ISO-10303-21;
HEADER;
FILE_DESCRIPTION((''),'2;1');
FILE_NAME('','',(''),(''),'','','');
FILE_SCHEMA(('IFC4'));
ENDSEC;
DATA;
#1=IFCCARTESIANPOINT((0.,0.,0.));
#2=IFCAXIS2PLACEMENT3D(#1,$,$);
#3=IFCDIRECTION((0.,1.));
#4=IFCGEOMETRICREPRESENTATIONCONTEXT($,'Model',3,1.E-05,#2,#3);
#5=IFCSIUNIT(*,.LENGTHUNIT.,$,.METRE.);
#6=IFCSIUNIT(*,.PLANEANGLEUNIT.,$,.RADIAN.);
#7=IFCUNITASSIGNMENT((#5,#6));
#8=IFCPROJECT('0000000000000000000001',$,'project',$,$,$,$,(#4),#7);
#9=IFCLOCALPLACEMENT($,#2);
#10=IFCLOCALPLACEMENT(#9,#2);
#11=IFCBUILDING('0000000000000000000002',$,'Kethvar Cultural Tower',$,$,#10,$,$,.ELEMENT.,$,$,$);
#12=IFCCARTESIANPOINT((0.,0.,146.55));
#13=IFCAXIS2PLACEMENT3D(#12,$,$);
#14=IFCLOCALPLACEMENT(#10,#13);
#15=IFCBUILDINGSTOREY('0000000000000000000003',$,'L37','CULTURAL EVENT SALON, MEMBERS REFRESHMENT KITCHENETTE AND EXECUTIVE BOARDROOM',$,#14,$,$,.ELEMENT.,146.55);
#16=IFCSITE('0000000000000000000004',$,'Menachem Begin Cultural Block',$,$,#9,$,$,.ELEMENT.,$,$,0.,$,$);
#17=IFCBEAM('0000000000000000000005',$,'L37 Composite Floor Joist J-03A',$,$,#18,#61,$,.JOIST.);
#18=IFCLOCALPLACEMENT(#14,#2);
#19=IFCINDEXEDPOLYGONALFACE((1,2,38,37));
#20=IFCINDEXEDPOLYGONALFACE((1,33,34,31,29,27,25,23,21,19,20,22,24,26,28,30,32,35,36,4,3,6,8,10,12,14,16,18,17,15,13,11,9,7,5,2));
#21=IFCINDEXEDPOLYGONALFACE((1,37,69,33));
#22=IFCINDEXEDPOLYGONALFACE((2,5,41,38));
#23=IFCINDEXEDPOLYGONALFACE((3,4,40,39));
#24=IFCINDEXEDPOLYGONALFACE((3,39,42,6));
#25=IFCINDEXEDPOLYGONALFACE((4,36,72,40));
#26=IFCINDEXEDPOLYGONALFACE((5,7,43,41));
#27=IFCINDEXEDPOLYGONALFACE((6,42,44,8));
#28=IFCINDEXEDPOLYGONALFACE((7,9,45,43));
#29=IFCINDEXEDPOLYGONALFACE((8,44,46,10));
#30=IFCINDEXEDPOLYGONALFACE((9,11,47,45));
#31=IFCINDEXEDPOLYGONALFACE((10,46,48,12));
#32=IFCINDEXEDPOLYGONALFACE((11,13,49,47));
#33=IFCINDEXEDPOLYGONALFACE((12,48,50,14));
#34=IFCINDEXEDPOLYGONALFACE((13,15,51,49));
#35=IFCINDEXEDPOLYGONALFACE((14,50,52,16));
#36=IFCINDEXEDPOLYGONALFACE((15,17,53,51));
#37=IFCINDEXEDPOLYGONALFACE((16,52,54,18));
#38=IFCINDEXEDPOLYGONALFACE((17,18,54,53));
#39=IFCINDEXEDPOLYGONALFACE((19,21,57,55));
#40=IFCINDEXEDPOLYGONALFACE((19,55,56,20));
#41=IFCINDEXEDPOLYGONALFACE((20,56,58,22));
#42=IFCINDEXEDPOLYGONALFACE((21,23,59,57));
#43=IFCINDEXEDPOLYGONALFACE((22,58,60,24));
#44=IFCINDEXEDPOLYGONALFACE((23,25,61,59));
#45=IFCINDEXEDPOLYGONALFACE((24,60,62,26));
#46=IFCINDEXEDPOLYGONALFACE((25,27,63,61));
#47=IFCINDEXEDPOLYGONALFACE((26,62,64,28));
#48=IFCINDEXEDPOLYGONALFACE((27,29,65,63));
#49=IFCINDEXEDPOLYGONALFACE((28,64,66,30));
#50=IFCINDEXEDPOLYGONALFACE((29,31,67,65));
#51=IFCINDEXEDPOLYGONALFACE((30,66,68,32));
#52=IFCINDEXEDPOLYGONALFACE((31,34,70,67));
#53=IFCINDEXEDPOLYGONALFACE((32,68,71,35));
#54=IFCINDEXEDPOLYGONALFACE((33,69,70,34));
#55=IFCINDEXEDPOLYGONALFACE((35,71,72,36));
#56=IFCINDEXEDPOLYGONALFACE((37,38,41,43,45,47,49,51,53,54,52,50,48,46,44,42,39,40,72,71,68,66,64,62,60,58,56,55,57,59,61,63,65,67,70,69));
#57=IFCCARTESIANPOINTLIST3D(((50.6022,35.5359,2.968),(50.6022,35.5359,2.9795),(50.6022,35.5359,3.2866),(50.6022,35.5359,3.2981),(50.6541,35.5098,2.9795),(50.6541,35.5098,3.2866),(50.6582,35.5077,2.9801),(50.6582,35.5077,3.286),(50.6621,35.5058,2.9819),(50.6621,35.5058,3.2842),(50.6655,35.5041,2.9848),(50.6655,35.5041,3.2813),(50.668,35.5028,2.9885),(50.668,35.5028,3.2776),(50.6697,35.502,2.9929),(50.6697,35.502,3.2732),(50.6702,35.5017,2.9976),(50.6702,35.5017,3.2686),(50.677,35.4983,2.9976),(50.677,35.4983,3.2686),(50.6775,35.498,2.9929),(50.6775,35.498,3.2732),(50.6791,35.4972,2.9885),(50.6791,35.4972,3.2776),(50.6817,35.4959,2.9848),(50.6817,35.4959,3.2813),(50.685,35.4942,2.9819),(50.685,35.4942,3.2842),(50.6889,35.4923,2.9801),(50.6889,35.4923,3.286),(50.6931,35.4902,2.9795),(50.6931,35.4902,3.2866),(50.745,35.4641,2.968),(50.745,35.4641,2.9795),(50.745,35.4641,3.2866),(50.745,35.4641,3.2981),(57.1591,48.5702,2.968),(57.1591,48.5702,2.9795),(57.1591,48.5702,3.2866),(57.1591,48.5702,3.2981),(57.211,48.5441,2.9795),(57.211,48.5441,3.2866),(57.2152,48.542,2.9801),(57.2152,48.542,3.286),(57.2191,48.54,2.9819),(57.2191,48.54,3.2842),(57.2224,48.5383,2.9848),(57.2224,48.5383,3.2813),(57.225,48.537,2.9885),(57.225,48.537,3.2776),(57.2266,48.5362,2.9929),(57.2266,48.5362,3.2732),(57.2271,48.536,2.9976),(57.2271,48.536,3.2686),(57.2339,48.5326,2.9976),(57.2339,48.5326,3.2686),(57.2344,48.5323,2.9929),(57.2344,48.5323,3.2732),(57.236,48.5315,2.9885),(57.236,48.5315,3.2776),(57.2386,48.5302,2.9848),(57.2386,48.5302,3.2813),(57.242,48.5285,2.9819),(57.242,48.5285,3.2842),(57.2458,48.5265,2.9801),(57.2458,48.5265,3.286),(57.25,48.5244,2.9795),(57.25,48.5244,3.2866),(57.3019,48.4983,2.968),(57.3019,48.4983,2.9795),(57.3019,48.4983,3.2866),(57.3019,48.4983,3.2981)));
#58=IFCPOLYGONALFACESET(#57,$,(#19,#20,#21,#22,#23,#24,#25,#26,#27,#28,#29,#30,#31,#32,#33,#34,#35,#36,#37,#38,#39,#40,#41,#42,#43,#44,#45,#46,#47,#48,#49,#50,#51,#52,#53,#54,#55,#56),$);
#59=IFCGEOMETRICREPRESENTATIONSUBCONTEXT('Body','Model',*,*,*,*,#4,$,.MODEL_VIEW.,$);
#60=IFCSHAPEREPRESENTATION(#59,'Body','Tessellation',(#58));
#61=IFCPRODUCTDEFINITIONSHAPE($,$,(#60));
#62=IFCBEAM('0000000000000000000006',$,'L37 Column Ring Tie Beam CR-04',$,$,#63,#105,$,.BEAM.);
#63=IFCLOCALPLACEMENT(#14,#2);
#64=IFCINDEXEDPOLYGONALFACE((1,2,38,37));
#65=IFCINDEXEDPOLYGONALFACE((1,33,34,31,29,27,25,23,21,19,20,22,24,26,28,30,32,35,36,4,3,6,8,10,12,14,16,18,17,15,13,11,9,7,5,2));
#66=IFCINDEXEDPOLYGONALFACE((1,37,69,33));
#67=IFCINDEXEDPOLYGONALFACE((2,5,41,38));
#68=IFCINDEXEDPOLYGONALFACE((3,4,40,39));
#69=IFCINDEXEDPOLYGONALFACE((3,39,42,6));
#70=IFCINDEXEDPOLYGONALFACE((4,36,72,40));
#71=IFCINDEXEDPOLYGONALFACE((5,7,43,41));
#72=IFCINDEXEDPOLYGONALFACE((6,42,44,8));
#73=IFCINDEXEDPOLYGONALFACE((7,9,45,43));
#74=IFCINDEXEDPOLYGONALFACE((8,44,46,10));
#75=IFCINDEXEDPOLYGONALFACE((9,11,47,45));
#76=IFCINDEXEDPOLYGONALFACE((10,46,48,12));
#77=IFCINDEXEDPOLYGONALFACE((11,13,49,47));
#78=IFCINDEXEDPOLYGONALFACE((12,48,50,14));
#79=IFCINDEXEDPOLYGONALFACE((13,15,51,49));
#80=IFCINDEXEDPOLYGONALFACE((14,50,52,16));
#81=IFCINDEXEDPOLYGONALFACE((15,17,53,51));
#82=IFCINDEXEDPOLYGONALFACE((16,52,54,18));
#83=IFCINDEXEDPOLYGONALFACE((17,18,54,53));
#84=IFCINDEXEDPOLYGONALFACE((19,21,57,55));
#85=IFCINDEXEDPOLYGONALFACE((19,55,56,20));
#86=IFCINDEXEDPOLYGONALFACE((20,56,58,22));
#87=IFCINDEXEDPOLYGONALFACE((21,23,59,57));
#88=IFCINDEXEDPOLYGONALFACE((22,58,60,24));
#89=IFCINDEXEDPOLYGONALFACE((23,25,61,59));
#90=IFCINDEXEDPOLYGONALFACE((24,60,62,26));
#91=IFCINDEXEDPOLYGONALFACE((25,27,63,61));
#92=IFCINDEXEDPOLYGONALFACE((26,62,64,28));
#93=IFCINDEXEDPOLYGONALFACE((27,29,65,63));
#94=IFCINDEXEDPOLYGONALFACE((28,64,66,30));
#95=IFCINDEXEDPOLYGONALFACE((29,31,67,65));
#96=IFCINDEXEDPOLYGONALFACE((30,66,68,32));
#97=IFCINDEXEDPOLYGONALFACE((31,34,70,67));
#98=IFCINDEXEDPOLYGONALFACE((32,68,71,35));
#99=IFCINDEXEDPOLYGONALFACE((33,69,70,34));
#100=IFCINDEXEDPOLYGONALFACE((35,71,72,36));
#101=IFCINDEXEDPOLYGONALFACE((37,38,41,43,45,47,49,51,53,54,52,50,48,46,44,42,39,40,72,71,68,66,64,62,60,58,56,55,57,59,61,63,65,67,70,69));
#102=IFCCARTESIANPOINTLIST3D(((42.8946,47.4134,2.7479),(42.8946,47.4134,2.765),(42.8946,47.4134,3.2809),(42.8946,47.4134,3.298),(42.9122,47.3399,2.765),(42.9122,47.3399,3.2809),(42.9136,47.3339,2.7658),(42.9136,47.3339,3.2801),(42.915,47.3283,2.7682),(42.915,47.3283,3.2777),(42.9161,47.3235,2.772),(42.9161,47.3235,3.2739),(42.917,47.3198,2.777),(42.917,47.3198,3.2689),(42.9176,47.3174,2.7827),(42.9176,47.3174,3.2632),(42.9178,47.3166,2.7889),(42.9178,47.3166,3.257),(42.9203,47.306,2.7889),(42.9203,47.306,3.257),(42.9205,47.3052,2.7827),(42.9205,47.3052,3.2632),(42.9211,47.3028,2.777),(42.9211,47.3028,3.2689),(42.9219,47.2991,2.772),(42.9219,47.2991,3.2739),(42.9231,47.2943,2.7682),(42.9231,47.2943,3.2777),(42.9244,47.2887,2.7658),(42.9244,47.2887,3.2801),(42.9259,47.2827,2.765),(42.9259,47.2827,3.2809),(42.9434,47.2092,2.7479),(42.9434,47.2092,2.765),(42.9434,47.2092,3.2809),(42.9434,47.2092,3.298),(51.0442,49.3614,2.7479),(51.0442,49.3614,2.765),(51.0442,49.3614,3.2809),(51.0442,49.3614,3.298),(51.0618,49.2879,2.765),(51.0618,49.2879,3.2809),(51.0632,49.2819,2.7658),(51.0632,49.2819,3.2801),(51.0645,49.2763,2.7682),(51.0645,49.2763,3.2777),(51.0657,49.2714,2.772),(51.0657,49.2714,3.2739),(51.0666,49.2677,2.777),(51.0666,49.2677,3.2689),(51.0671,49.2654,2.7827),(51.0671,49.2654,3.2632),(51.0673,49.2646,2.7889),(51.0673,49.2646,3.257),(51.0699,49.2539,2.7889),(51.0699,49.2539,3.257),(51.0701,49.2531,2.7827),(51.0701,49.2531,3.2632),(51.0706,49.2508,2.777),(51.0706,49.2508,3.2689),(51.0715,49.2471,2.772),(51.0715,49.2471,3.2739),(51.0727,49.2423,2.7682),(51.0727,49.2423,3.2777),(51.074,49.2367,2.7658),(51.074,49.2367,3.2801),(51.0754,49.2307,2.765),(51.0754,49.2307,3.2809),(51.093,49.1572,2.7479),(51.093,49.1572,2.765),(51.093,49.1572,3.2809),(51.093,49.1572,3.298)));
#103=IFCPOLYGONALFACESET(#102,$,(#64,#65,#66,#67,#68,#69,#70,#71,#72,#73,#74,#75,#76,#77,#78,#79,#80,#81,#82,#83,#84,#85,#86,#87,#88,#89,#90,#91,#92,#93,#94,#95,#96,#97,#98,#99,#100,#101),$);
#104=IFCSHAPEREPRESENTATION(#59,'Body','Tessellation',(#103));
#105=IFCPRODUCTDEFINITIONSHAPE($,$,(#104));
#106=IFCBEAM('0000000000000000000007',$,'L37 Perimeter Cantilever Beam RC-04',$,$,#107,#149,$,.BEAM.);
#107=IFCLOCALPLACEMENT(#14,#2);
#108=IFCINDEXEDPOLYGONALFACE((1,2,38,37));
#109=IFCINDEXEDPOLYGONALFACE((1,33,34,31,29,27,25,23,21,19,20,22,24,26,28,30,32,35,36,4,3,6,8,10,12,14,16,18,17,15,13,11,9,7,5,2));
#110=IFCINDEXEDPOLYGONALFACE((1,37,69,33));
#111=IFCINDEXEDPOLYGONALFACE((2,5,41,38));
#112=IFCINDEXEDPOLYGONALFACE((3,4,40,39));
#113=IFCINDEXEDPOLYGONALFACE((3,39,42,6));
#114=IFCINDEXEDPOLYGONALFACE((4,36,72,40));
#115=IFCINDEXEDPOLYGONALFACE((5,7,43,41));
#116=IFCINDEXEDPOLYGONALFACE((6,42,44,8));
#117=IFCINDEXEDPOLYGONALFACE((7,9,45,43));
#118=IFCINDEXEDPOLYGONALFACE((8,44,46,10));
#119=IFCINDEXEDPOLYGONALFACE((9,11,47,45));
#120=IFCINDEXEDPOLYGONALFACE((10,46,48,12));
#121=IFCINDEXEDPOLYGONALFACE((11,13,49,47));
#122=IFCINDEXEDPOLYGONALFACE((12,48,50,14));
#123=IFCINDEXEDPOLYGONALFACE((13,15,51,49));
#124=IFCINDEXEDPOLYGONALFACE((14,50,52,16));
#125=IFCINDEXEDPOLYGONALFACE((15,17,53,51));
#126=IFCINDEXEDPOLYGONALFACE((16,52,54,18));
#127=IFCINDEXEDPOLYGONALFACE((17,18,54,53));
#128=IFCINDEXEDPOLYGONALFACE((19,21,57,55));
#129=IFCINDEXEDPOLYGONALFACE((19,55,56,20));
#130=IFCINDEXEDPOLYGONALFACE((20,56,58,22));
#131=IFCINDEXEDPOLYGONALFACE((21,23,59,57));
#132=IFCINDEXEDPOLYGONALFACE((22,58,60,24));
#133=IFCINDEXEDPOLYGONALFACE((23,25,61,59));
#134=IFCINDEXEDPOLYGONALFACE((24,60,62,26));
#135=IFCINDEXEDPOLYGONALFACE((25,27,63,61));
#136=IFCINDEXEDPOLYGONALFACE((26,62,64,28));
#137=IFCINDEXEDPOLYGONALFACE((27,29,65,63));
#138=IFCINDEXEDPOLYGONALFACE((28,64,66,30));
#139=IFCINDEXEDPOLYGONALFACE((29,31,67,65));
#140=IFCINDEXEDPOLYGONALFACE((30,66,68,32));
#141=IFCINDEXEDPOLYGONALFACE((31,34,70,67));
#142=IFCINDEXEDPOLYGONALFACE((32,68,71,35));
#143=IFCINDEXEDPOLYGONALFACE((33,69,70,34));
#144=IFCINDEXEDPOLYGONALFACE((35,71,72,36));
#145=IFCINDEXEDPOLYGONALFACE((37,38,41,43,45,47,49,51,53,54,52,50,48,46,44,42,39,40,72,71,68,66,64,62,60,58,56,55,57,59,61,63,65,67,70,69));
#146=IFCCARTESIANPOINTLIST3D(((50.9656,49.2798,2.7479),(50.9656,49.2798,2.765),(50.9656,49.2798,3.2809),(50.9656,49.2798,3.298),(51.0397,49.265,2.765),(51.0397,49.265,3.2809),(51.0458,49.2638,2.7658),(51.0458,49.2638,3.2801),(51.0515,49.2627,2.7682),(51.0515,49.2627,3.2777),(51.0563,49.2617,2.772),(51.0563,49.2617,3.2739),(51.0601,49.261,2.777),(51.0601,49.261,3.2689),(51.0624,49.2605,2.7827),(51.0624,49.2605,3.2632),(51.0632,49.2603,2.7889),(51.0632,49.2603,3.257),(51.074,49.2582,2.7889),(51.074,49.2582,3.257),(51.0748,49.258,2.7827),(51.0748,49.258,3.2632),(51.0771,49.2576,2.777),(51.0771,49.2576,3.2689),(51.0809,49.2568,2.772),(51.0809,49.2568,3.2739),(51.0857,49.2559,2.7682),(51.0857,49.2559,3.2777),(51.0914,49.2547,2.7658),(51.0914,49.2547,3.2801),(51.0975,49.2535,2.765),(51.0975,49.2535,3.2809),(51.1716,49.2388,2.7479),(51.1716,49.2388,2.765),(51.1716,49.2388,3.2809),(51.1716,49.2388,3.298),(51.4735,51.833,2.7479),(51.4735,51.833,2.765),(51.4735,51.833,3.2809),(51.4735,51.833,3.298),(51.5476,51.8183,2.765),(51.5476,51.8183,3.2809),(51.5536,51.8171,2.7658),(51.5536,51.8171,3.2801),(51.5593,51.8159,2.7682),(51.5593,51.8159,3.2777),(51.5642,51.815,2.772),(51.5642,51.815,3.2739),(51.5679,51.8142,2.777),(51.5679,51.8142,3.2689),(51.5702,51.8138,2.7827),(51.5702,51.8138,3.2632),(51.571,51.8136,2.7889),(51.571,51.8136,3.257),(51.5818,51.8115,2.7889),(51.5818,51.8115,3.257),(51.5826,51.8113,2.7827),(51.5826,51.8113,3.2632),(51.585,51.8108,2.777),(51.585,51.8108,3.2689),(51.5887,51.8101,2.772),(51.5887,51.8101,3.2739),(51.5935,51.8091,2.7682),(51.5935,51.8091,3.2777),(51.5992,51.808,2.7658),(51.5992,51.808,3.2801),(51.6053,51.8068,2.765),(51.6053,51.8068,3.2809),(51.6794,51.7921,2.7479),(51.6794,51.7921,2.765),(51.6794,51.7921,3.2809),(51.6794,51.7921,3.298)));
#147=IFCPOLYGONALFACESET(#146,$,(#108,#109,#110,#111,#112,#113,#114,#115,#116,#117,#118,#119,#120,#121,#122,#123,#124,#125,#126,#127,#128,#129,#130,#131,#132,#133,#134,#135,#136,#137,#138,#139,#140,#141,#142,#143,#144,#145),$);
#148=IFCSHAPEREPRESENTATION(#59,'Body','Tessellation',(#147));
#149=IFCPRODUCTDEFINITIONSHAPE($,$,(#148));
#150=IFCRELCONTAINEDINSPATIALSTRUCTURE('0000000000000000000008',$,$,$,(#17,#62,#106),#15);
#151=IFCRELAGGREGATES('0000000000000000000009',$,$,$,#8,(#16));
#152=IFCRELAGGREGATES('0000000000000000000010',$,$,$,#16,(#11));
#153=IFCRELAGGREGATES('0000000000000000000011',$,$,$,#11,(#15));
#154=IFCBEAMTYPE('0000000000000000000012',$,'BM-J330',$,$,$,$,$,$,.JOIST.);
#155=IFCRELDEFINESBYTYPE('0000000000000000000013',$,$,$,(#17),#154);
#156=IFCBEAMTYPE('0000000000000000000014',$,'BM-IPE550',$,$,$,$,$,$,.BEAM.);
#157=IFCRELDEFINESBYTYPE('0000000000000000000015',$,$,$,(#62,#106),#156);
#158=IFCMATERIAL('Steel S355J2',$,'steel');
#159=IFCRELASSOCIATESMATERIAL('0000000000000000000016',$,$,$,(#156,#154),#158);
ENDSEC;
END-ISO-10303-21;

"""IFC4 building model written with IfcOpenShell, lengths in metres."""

from ifc_helpers import new_model, si_unit, direction, frame, origin, origin_2d, place, context, subcontext, project, spatial, i_section, extrude, source, transform, mapped, material, material_profile, profile_set, type_object, element, save


model = new_model("IFC4")

# Units and contexts
model_context = context("Model", 3, precision=1e-05, world=origin(), true_north=direction((0.0, 1.0)))
body_context = subcontext(model_context, "Body", "Model", "MODEL_VIEW")
ifc_project = project(units=[si_unit("LENGTHUNIT", "METRE"), si_unit("PLANEANGLEUNIT", "RADIAN")], contexts=[model_context])

# Site, building, storey
site_placement = place(None, origin())
site = spatial("IfcSite", under=ifc_project, at=site_placement, Name="Menachem Begin Cultural Block", CompositionType="ELEMENT", RefElevation=0.0)
building_placement = place(site_placement, origin())
building = spatial("IfcBuilding", under=site, at=building_placement, Name="Kethvar Cultural Tower", CompositionType="ELEMENT")
storey_placement = place(building_placement, frame((0.0, 0.0, 146.55)))
storey = spatial("IfcBuildingStorey", under=building, at=storey_placement, Name="L37", Description="CULTURAL EVENT SALON, MEMBERS REFRESHMENT KITCHENETTE AND EXECUTIVE BOARDROOM", CompositionType="ELEMENT", Elevation=146.55)

# Beams
ifc_material_1 = material(Name="Steel S355J2", Category="steel")
ifc_material_profile_1 = material_profile(ifc_material_1, i_section(OverallWidth=0.21, OverallDepth=0.55, WebThickness=0.011, FlangeThickness=0.0171, FilletRadius=0.0239, at=origin_2d()), Name="Steel S355J2 — IPE550")
ifc_profile_set_1 = profile_set([ifc_material_profile_1], Name="Steel S355J2 — IPE550")
beam_type_1 = type_object("IfcBeamType", Name="BM-IPE550", PredefinedType="BEAM", material=ifc_profile_set_1)
ifc_material_profile_2 = material_profile(ifc_material_1, i_section(OverallWidth=0.1599, OverallDepth=0.3301, WebThickness=0.0076, FlangeThickness=0.0115, FilletRadius=0.0181, at=origin_2d()), Name="Steel S355J2 — IPE330")
ifc_profile_set_2 = profile_set([ifc_material_profile_2], Name="Steel S355J2 — IPE330")
beam_type_2 = type_object("IfcBeamType", Name="BM-J330", PredefinedType="JOIST", material=ifc_profile_set_2)
shared_shape_1 = source(origin(), body_context, "Body", "SweptSolid", [
    extrude(i_section(OverallWidth=0.1599, OverallDepth=0.3301, WebThickness=0.0076, FlangeThickness=0.0115, FilletRadius=0.0181, at=origin_2d()), origin(), (0.0, 0.0, 1.0), 14.5906),
])
beam_1_placement = place(storey_placement, frame((50.6736, 35.5, 3.1331), z_axis=(0.449394, 0.893334, 0.0), x_axis=(-0.893334, 0.449394, 0.0)))
element("IfcBeam", 1, at=beam_1_placement, inside=storey, type_object=beam_type_2, Name="L37 Composite Floor Joist J-03A", PredefinedType="JOIST", context=body_context, shape_type="MappedRepresentation", body=[
    mapped(shared_shape_1, transform((0.0, 0.0, 0.0), scale=1.0)),
])
shared_shape_2 = source(origin(), body_context, "Body", "SweptSolid", [
    extrude(i_section(OverallWidth=0.21, OverallDepth=0.55, WebThickness=0.011, FlangeThickness=0.0171, FilletRadius=0.0239, at=origin_2d()), origin(), (0.0, 0.0, 1.0), 8.3792),
])
beam_2_placement = place(storey_placement, frame((51.0686, 49.2593, 3.0229), z_axis=(-0.972601, -0.232479, 0.0), x_axis=(0.232479, -0.972601, 0.0)))
element("IfcBeam", 2, at=beam_2_placement, inside=storey, type_object=beam_type_1, Name="L37 Column Ring Tie Beam CR-04", PredefinedType="BEAM", context=body_context, shape_type="MappedRepresentation", body=[
    mapped(shared_shape_2, transform((0.0, 0.0, 0.0), scale=1.0)),
])
shared_shape_3 = source(origin(), body_context, "Body", "SweptSolid", [
    extrude(i_section(OverallWidth=0.21, OverallDepth=0.55, WebThickness=0.011, FlangeThickness=0.0171, FilletRadius=0.0239, at=origin_2d()), origin(), (0.0, 0.0, 1.0), 2.6033),
])
beam_3_placement = place(storey_placement, frame((51.0686, 49.2593, 3.0229), z_axis=(0.19507, 0.980789, 0.0), x_axis=(-0.980789, 0.19507, 0.0)))
element("IfcBeam", 3, at=beam_3_placement, inside=storey, type_object=beam_type_1, Name="L37 Perimeter Cantilever Beam RC-04", PredefinedType="BEAM", context=body_context, shape_type="MappedRepresentation", body=[
    mapped(shared_shape_3, transform((0.0, 0.0, 0.0), scale=1.0)),
])

save(model, "model.ifc")
